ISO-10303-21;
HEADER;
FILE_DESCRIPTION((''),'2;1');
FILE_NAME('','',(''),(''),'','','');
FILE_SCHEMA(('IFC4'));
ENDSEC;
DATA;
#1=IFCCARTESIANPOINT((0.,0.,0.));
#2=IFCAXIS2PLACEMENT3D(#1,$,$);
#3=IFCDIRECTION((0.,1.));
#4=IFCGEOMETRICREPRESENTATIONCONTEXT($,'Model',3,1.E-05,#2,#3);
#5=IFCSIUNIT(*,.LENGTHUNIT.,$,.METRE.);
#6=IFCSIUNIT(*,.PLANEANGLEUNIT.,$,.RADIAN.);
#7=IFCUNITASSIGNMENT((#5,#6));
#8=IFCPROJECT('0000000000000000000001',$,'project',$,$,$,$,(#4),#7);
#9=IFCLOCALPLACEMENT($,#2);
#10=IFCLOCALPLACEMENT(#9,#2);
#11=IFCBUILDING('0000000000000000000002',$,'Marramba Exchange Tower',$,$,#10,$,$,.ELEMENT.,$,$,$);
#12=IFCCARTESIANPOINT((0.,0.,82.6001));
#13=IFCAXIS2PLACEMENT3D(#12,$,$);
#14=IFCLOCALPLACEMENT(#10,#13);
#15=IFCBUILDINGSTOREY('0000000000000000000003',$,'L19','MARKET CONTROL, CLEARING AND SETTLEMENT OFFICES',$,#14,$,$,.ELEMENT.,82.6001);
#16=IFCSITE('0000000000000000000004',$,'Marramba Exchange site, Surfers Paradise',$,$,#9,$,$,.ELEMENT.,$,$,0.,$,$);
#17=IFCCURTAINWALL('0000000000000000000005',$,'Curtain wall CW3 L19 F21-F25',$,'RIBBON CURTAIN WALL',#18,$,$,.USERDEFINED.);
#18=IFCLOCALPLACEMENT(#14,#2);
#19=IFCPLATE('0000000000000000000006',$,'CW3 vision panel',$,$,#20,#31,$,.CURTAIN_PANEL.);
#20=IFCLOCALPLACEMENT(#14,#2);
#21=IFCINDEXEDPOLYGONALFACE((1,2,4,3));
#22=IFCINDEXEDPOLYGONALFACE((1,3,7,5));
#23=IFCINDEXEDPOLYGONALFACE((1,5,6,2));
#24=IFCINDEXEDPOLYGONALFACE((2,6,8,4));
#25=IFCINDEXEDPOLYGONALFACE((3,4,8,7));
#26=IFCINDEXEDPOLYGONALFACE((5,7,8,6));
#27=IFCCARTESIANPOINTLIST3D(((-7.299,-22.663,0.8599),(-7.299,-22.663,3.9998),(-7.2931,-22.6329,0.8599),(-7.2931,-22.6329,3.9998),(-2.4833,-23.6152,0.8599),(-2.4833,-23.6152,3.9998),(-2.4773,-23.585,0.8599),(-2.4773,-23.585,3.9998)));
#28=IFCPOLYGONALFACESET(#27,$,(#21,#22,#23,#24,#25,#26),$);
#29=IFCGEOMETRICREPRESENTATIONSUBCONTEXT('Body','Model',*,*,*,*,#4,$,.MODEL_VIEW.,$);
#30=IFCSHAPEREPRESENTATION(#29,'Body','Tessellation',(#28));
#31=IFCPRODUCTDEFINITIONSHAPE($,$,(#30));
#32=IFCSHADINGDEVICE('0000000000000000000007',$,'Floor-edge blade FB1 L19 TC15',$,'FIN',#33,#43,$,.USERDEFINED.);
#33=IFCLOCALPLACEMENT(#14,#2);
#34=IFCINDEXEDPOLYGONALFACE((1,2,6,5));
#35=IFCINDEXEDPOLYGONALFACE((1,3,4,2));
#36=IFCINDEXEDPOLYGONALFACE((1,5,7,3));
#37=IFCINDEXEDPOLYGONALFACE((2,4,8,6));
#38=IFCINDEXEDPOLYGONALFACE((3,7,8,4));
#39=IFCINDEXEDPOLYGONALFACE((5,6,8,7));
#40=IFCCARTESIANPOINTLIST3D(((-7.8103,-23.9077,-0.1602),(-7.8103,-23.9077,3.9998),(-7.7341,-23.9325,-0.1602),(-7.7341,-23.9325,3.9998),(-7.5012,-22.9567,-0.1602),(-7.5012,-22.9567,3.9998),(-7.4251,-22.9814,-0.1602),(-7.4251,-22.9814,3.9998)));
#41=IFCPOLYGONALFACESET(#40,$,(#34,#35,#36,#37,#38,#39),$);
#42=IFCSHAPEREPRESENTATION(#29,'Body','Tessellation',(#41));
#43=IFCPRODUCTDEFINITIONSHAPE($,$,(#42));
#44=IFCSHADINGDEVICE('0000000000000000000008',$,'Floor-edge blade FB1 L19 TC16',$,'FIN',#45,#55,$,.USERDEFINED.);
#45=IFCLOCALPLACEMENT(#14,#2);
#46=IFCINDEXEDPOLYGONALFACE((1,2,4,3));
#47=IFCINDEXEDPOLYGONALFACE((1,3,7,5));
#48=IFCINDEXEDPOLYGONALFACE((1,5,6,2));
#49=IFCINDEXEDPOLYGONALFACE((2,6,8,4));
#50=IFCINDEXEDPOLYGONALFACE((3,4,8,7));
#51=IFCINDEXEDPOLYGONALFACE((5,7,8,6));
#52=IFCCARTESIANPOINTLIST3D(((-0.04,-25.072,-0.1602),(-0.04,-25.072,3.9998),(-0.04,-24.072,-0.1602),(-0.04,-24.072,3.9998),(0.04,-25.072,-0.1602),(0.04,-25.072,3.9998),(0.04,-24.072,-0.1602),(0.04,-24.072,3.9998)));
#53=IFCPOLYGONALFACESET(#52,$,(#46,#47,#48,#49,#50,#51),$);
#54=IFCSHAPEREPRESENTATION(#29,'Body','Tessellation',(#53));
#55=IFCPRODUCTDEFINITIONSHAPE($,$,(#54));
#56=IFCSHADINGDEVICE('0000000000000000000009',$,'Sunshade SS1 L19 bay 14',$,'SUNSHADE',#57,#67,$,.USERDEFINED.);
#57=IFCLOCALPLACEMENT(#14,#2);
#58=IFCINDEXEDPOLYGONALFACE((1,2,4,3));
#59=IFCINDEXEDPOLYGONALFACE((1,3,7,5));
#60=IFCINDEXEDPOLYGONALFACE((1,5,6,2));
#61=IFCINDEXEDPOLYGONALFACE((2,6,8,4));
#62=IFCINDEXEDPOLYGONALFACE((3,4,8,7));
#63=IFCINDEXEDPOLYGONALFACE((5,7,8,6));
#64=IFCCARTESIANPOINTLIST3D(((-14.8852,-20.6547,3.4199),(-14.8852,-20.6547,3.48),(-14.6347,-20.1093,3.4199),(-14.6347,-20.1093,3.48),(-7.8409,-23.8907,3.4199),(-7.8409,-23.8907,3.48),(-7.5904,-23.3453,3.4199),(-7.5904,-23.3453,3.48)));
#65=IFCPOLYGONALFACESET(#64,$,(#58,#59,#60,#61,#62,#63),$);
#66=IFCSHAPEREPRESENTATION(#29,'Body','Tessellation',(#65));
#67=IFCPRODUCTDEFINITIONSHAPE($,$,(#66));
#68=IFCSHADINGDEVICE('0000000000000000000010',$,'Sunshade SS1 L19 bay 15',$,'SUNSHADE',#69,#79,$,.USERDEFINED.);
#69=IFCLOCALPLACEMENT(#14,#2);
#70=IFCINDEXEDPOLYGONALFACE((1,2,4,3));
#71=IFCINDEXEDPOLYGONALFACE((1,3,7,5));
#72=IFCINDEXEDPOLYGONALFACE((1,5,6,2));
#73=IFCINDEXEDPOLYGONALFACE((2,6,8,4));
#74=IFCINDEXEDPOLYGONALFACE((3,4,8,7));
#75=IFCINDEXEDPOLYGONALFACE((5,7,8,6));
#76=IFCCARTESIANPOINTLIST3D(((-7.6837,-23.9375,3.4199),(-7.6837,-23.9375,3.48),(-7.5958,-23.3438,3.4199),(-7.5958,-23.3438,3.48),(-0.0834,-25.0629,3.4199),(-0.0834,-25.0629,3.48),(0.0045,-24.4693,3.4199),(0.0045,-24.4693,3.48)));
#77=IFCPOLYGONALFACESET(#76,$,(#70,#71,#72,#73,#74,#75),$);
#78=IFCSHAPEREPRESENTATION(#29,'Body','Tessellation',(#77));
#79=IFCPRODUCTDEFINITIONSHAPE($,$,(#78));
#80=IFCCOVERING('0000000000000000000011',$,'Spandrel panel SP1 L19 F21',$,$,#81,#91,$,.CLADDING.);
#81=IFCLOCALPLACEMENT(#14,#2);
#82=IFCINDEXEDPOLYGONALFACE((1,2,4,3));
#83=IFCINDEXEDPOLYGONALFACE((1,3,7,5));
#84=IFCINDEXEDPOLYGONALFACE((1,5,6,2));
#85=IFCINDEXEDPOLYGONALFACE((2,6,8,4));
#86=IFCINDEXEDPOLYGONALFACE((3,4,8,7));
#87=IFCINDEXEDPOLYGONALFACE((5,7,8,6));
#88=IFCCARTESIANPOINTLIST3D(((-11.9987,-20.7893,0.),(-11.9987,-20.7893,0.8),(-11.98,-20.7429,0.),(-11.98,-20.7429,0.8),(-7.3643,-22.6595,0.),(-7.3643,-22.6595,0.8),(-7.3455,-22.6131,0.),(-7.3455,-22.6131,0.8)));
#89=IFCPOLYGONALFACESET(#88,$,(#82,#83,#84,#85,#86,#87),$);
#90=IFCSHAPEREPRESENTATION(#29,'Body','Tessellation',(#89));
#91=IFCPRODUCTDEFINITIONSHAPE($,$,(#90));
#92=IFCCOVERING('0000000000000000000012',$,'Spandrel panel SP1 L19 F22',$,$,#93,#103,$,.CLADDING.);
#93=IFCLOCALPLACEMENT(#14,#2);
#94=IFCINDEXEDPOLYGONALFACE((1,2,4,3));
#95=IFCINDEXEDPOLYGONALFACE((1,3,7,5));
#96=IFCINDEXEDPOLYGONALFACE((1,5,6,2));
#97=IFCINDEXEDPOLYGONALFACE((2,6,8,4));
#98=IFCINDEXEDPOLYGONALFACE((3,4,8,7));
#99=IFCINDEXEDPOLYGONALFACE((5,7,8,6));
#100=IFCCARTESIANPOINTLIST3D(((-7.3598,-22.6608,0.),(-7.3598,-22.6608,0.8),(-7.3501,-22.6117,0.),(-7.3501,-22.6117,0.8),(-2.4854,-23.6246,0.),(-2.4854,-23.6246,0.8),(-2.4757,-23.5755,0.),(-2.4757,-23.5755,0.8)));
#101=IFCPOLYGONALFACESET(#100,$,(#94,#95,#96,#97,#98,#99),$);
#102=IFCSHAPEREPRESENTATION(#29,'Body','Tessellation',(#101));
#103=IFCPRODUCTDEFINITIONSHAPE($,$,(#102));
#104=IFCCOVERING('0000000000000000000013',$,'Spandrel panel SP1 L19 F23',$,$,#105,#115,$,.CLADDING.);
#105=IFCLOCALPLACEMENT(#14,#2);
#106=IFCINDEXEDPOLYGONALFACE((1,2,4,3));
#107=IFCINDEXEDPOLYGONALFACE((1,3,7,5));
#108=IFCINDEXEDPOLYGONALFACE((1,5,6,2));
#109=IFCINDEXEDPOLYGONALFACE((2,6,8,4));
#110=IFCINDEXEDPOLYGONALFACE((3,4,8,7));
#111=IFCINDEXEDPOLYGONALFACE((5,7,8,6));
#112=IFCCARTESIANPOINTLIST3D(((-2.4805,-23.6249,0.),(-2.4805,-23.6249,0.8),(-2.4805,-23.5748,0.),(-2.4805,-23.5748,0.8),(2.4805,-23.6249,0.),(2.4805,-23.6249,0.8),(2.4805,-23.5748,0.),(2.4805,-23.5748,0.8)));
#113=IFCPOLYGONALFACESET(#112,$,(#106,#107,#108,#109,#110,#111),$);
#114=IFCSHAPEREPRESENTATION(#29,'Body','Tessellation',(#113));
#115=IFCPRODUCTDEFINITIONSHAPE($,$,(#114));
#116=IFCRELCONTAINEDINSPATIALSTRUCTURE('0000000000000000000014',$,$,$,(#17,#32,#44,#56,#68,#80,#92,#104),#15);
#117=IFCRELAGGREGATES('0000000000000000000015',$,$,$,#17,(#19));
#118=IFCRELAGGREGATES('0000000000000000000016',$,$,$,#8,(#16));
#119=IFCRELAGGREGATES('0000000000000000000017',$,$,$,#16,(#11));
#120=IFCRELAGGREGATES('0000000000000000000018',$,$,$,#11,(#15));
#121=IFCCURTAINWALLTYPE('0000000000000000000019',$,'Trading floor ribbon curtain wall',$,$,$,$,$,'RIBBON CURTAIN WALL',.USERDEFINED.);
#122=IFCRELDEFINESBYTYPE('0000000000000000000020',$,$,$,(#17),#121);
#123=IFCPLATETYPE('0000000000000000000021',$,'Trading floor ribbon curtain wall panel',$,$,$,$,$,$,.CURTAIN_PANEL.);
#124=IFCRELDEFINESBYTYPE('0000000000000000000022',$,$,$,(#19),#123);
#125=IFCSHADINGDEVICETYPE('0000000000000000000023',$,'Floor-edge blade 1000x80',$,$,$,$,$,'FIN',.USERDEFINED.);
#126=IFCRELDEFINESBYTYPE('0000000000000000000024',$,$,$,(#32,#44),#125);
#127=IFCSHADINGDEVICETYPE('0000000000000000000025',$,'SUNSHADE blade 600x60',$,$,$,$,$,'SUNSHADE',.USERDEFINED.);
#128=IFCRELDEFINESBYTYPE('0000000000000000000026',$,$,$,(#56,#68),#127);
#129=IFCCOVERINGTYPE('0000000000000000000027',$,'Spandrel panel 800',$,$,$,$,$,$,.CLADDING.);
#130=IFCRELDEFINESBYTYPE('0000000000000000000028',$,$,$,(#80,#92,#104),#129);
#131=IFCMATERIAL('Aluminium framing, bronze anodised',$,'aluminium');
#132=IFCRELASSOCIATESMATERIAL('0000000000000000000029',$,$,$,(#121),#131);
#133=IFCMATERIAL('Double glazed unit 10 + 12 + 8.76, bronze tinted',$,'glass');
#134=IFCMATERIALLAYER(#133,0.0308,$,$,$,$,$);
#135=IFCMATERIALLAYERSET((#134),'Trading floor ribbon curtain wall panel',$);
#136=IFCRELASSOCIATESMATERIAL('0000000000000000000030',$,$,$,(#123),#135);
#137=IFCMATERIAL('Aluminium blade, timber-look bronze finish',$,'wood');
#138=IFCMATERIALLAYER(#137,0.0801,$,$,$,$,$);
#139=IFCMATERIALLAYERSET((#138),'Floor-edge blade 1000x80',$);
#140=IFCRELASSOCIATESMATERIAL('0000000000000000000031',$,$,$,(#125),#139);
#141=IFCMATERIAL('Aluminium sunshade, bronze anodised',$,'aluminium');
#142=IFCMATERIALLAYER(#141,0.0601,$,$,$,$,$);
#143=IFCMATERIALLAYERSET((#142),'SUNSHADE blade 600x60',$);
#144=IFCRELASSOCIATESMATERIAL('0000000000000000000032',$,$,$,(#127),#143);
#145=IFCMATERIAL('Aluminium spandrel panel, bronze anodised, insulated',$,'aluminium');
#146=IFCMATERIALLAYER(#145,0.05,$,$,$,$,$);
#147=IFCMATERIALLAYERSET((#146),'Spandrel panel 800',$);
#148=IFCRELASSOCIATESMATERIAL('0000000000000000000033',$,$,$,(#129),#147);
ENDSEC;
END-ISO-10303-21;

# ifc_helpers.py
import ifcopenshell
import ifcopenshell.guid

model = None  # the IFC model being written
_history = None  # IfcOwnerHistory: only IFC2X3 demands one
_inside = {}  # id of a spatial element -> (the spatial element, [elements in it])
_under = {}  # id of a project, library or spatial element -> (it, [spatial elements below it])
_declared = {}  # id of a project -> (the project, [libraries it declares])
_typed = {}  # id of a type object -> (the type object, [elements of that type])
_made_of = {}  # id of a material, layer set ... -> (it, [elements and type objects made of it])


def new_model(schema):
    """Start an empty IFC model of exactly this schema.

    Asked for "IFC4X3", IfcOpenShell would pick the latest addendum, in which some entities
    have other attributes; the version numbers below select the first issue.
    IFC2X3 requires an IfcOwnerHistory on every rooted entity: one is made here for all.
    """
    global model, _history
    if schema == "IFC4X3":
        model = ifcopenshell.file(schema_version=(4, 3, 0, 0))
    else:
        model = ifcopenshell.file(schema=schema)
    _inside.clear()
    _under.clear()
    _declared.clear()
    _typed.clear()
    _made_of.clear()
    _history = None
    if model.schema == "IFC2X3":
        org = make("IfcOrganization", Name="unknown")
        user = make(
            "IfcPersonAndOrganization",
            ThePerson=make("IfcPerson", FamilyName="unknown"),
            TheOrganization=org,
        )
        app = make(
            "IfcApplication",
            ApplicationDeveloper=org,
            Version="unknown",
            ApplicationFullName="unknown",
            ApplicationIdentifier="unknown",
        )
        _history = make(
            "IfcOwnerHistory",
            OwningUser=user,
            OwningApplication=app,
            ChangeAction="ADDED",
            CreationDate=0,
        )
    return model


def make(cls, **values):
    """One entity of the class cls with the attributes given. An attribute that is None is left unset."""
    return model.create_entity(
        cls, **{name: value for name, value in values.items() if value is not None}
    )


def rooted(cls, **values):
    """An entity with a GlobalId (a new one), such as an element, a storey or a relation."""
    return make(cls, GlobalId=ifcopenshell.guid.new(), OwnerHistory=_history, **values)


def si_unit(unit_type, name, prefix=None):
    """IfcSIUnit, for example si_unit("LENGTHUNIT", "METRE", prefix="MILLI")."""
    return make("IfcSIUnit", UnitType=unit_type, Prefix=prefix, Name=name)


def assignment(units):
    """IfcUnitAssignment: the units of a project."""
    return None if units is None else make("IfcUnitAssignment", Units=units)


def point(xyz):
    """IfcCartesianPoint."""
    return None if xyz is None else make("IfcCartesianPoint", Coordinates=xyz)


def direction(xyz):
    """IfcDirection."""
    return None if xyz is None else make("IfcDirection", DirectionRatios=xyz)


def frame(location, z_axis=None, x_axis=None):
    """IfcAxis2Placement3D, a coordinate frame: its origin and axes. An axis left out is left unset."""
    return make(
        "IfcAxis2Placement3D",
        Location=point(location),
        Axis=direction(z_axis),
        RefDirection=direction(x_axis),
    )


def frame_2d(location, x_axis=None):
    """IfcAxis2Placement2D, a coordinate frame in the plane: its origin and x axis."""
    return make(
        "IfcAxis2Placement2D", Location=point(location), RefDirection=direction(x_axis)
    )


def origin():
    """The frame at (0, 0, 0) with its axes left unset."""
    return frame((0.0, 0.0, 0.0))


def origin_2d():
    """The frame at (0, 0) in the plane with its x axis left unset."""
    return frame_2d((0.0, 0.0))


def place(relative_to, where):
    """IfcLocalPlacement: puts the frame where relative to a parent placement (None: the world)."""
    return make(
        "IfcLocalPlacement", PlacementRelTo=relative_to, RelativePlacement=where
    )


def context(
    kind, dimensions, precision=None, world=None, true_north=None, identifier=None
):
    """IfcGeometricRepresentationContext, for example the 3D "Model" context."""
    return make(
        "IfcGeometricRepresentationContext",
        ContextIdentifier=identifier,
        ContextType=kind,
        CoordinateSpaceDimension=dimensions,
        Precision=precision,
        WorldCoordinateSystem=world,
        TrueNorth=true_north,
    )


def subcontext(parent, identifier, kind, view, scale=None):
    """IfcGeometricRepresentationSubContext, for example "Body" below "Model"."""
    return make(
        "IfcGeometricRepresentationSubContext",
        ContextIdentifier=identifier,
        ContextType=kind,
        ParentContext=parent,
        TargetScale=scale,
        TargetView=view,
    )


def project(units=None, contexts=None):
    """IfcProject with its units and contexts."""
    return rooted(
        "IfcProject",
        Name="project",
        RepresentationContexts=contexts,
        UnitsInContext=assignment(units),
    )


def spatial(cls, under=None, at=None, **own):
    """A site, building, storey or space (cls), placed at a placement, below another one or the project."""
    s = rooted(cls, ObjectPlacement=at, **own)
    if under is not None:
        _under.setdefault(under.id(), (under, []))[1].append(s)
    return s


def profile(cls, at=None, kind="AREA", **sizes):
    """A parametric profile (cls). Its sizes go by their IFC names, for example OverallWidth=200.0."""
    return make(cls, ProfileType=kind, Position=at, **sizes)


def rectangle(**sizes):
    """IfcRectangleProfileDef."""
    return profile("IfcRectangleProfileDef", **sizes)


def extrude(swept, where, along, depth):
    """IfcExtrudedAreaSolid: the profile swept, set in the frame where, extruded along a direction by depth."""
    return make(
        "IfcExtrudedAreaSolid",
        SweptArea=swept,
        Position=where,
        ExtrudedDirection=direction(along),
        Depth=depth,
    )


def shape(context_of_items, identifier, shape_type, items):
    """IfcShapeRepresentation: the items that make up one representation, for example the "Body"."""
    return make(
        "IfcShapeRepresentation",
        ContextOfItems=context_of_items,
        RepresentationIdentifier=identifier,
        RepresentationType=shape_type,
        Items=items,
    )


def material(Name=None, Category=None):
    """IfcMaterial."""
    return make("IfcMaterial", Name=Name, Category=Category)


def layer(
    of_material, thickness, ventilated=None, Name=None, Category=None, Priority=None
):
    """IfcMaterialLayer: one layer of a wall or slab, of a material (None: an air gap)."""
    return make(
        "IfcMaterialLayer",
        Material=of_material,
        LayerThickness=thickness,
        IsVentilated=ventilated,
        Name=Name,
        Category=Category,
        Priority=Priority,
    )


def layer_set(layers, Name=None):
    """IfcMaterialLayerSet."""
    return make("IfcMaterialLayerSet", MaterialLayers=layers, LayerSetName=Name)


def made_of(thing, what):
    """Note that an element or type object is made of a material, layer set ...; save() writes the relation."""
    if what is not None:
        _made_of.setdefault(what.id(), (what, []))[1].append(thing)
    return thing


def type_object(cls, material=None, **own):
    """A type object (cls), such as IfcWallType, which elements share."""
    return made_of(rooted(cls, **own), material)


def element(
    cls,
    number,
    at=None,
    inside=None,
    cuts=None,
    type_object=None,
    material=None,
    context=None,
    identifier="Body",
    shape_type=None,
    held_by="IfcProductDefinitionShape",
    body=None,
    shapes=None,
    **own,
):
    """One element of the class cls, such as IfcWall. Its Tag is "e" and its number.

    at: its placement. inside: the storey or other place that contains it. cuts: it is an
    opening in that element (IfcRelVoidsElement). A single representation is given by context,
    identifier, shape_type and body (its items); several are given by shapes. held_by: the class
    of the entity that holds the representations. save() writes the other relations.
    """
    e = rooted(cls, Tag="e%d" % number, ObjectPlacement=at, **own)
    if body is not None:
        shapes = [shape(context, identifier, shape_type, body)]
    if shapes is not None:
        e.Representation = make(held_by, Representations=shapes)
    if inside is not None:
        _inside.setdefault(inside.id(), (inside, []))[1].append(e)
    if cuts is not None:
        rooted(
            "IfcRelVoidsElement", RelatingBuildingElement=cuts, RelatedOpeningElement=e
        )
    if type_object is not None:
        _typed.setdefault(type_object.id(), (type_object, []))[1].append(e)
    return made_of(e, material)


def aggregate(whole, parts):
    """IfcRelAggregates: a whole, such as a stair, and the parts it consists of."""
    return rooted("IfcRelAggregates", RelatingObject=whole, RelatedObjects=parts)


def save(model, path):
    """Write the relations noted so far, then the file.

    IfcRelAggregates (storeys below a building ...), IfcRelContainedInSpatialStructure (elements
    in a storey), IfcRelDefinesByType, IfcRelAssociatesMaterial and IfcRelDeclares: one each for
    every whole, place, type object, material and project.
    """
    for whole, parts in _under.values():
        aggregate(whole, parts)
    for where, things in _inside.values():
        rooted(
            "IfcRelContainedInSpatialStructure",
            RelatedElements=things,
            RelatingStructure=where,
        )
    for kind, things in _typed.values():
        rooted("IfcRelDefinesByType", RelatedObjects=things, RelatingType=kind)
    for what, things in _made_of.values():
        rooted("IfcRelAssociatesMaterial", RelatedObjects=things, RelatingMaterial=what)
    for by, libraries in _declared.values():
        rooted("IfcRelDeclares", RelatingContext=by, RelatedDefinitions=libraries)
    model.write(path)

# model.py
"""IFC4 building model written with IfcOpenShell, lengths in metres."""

from ifc_helpers import new_model, si_unit, direction, frame, origin, origin_2d, place, context, subcontext, project, spatial, rectangle, extrude, material, layer, layer_set, type_object, element, aggregate, save


model = new_model("IFC4")

# Units and contexts
model_context = context("Model", 3, precision=1e-05, world=origin(), true_north=direction((0.0, 1.0)))
body_context = subcontext(model_context, "Body", "Model", "MODEL_VIEW")
ifc_project = project(units=[si_unit("LENGTHUNIT", "METRE"), si_unit("PLANEANGLEUNIT", "RADIAN")], contexts=[model_context])

# Site, building, storey
site_placement = place(None, origin())
site = spatial("IfcSite", under=ifc_project, at=site_placement, Name="Marramba Exchange site, Surfers Paradise", CompositionType="ELEMENT", RefElevation=0.0)
building_placement = place(site_placement, origin())
building = spatial("IfcBuilding", under=site, at=building_placement, Name="Marramba Exchange Tower", CompositionType="ELEMENT")
storey_placement = place(building_placement, frame((0.0, 0.0, 82.6001)))
storey = spatial("IfcBuildingStorey", under=building, at=storey_placement, Name="L19", Description="MARKET CONTROL, CLEARING AND SETTLEMENT OFFICES", CompositionType="ELEMENT", Elevation=82.6001)

# Curtain wall, plate
ifc_material_1 = material(Name="Aluminium framing, bronze anodised", Category="aluminium")
curtain_wall_type = type_object("IfcCurtainWallType", Name="Trading floor ribbon curtain wall", ElementType="RIBBON CURTAIN WALL", PredefinedType="USERDEFINED", material=ifc_material_1)
curtain_wall_placement = place(storey_placement, origin())
curtain_wall = element("IfcCurtainWall", 1, at=curtain_wall_placement, inside=storey, type_object=curtain_wall_type, Name="Curtain wall CW3 L19 F21-F25", ObjectType="RIBBON CURTAIN WALL", PredefinedType="USERDEFINED")
ifc_material_2 = material(Name="Double glazed unit 10 + 12 + 8.76, bronze tinted", Category="glass")
ifc_layer_1 = layer(ifc_material_2, 0.0308)
ifc_layer_set_1 = layer_set([ifc_layer_1], Name="Trading floor ribbon curtain wall panel")
plate_type = type_object("IfcPlateType", Name="Trading floor ribbon curtain wall panel", PredefinedType="CURTAIN_PANEL", material=ifc_layer_set_1)
plate_1_placement = place(storey_placement, frame((-4.8882, -23.124, 0.8599), z_axis=(0.0, 0.0, 1.0), x_axis=(0.981009, -0.193961, 0.0)))
plate_1 = element("IfcPlate", 2, at=plate_1_placement, type_object=plate_type, Name="CW3 vision panel", PredefinedType="CURTAIN_PANEL", context=body_context, shape_type="SweptSolid", body=[
    extrude(rectangle(XDim=4.9089, YDim=0.0308, at=origin_2d()), origin(), (0.0, 0.0, 1.0), 3.1399),
])
aggregate(curtain_wall, [plate_1])

# Shading devices
ifc_material_3 = material(Name="Aluminium blade, timber-look bronze finish", Category="wood")
ifc_layer_2 = layer(ifc_material_3, 0.0801)
ifc_layer_set_2 = layer_set([ifc_layer_2], Name="Floor-edge blade 1000x80")
shading_device_type_1 = type_object("IfcShadingDeviceType", Name="Floor-edge blade 1000x80", ElementType="FIN", PredefinedType="USERDEFINED", material=ifc_layer_set_2)
for number, where, z_axis, x_axis, name in (
    (3, (-7.6177, -23.4446, -0.1602), (0.0, 0.0, 1.0), (-0.309017, -0.951057, 0.0), "Floor-edge blade FB1 L19 TC15"),
    (4, (0.0, -24.572, -0.1602), (0.0, 0.0, 1.0), (0.0, -1.0, 0.0), "Floor-edge blade FB1 L19 TC16"),
):
    element("IfcShadingDevice", number, at=place(storey_placement, frame(where, z_axis=z_axis, x_axis=x_axis)), inside=storey, type_object=shading_device_type_1, Name=name, ObjectType="FIN", PredefinedType="USERDEFINED", context=body_context, shape_type="SweptSolid", body=[
        extrude(rectangle(XDim=1.0, YDim=0.0801, at=origin_2d()), origin(), (0.0, 0.0, 1.0), 4.1599),
    ])
ifc_material_4 = material(Name="Aluminium sunshade, bronze anodised", Category="aluminium")
ifc_layer_3 = layer(ifc_material_4, 0.0601)
ifc_layer_set_3 = layer_set([ifc_layer_3], Name="SUNSHADE blade 600x60")
shading_device_type_2 = type_object("IfcShadingDeviceType", Name="SUNSHADE blade 600x60", ElementType="SUNSHADE", PredefinedType="USERDEFINED", material=ifc_layer_set_3)
shading_device_1_placement = place(storey_placement, frame((-11.2378, -22.0, 3.4199), z_axis=(0.0, 0.0, 1.0), x_axis=(0.908704, -0.417442, 0.0)))
element("IfcShadingDevice", 5, at=shading_device_1_placement, inside=storey, type_object=shading_device_type_2, Name="Sunshade SS1 L19 bay 14", ObjectType="SUNSHADE", PredefinedType="USERDEFINED", context=body_context, shape_type="SweptSolid", body=[
    extrude(rectangle(XDim=7.752, YDim=0.6001, at=origin_2d()), origin(), (0.0, 0.0, 1.0), 0.0601),
])
shading_device_2_placement = place(storey_placement, frame((-3.8396, -24.2034, 3.4199), z_axis=(0.0, 0.0, 1.0), x_axis=(0.989213, -0.146485, 0.0)))
element("IfcShadingDevice", 6, at=shading_device_2_placement, inside=storey, type_object=shading_device_type_2, Name="Sunshade SS1 L19 bay 15", ObjectType="SUNSHADE", PredefinedType="USERDEFINED", context=body_context, shape_type="SweptSolid", body=[
    extrude(rectangle(XDim=7.6831, YDim=0.6001, at=origin_2d()), origin(), (0.0, 0.0, 1.0), 0.0601),
])

# Coverings
ifc_material_5 = material(Name="Aluminium spandrel panel, bronze anodised, insulated", Category="aluminium")
ifc_layer_4 = layer(ifc_material_5, 0.05)
ifc_layer_set_4 = layer_set([ifc_layer_4], Name="Spandrel panel 800")
covering_type = type_object("IfcCoveringType", Name="Spandrel panel 800", PredefinedType="CLADDING", material=ifc_layer_set_4)
covering_1_placement = place(storey_placement, frame((-9.6721, -21.7012, 0.0), z_axis=(0.0, 0.0, 1.0), x_axis=(0.927341, -0.374218, 0.0)))
element("IfcCovering", 7, at=covering_1_placement, inside=storey, type_object=covering_type, Name="Spandrel panel SP1 L19 F21", PredefinedType="CLADDING", context=body_context, shape_type="SweptSolid", body=[
    extrude(rectangle(XDim=4.9976, YDim=0.05, at=origin_2d()), origin(), (0.0, 0.0, 1.0), 0.8),
])
covering_2_placement = place(storey_placement, frame((-4.9177, -23.1182, 0.0), z_axis=(0.0, 0.0, 1.0), x_axis=(0.981009, -0.193961, 0.0)))
element("IfcCovering", 8, at=covering_2_placement, inside=storey, type_object=covering_type, Name="Spandrel panel SP1 L19 F22", PredefinedType="CLADDING", context=body_context, shape_type="SweptSolid", body=[
    extrude(rectangle(XDim=4.9688, YDim=0.05, at=origin_2d()), origin(), (0.0, 0.0, 1.0), 0.8),
])
covering_3_placement = place(storey_placement, frame((0.0, -23.5999, 0.0), z_axis=(0.0, 0.0, 1.0), x_axis=(1.0, 0.0, 0.0)))
element("IfcCovering", 9, at=covering_3_placement, inside=storey, type_object=covering_type, Name="Spandrel panel SP1 L19 F23", PredefinedType="CLADDING", context=body_context, shape_type="SweptSolid", body=[
    extrude(rectangle(XDim=4.9609, YDim=0.05, at=origin_2d()), origin(), (0.0, 0.0, 1.0), 0.8),
])

save(model, "model.ifc")
